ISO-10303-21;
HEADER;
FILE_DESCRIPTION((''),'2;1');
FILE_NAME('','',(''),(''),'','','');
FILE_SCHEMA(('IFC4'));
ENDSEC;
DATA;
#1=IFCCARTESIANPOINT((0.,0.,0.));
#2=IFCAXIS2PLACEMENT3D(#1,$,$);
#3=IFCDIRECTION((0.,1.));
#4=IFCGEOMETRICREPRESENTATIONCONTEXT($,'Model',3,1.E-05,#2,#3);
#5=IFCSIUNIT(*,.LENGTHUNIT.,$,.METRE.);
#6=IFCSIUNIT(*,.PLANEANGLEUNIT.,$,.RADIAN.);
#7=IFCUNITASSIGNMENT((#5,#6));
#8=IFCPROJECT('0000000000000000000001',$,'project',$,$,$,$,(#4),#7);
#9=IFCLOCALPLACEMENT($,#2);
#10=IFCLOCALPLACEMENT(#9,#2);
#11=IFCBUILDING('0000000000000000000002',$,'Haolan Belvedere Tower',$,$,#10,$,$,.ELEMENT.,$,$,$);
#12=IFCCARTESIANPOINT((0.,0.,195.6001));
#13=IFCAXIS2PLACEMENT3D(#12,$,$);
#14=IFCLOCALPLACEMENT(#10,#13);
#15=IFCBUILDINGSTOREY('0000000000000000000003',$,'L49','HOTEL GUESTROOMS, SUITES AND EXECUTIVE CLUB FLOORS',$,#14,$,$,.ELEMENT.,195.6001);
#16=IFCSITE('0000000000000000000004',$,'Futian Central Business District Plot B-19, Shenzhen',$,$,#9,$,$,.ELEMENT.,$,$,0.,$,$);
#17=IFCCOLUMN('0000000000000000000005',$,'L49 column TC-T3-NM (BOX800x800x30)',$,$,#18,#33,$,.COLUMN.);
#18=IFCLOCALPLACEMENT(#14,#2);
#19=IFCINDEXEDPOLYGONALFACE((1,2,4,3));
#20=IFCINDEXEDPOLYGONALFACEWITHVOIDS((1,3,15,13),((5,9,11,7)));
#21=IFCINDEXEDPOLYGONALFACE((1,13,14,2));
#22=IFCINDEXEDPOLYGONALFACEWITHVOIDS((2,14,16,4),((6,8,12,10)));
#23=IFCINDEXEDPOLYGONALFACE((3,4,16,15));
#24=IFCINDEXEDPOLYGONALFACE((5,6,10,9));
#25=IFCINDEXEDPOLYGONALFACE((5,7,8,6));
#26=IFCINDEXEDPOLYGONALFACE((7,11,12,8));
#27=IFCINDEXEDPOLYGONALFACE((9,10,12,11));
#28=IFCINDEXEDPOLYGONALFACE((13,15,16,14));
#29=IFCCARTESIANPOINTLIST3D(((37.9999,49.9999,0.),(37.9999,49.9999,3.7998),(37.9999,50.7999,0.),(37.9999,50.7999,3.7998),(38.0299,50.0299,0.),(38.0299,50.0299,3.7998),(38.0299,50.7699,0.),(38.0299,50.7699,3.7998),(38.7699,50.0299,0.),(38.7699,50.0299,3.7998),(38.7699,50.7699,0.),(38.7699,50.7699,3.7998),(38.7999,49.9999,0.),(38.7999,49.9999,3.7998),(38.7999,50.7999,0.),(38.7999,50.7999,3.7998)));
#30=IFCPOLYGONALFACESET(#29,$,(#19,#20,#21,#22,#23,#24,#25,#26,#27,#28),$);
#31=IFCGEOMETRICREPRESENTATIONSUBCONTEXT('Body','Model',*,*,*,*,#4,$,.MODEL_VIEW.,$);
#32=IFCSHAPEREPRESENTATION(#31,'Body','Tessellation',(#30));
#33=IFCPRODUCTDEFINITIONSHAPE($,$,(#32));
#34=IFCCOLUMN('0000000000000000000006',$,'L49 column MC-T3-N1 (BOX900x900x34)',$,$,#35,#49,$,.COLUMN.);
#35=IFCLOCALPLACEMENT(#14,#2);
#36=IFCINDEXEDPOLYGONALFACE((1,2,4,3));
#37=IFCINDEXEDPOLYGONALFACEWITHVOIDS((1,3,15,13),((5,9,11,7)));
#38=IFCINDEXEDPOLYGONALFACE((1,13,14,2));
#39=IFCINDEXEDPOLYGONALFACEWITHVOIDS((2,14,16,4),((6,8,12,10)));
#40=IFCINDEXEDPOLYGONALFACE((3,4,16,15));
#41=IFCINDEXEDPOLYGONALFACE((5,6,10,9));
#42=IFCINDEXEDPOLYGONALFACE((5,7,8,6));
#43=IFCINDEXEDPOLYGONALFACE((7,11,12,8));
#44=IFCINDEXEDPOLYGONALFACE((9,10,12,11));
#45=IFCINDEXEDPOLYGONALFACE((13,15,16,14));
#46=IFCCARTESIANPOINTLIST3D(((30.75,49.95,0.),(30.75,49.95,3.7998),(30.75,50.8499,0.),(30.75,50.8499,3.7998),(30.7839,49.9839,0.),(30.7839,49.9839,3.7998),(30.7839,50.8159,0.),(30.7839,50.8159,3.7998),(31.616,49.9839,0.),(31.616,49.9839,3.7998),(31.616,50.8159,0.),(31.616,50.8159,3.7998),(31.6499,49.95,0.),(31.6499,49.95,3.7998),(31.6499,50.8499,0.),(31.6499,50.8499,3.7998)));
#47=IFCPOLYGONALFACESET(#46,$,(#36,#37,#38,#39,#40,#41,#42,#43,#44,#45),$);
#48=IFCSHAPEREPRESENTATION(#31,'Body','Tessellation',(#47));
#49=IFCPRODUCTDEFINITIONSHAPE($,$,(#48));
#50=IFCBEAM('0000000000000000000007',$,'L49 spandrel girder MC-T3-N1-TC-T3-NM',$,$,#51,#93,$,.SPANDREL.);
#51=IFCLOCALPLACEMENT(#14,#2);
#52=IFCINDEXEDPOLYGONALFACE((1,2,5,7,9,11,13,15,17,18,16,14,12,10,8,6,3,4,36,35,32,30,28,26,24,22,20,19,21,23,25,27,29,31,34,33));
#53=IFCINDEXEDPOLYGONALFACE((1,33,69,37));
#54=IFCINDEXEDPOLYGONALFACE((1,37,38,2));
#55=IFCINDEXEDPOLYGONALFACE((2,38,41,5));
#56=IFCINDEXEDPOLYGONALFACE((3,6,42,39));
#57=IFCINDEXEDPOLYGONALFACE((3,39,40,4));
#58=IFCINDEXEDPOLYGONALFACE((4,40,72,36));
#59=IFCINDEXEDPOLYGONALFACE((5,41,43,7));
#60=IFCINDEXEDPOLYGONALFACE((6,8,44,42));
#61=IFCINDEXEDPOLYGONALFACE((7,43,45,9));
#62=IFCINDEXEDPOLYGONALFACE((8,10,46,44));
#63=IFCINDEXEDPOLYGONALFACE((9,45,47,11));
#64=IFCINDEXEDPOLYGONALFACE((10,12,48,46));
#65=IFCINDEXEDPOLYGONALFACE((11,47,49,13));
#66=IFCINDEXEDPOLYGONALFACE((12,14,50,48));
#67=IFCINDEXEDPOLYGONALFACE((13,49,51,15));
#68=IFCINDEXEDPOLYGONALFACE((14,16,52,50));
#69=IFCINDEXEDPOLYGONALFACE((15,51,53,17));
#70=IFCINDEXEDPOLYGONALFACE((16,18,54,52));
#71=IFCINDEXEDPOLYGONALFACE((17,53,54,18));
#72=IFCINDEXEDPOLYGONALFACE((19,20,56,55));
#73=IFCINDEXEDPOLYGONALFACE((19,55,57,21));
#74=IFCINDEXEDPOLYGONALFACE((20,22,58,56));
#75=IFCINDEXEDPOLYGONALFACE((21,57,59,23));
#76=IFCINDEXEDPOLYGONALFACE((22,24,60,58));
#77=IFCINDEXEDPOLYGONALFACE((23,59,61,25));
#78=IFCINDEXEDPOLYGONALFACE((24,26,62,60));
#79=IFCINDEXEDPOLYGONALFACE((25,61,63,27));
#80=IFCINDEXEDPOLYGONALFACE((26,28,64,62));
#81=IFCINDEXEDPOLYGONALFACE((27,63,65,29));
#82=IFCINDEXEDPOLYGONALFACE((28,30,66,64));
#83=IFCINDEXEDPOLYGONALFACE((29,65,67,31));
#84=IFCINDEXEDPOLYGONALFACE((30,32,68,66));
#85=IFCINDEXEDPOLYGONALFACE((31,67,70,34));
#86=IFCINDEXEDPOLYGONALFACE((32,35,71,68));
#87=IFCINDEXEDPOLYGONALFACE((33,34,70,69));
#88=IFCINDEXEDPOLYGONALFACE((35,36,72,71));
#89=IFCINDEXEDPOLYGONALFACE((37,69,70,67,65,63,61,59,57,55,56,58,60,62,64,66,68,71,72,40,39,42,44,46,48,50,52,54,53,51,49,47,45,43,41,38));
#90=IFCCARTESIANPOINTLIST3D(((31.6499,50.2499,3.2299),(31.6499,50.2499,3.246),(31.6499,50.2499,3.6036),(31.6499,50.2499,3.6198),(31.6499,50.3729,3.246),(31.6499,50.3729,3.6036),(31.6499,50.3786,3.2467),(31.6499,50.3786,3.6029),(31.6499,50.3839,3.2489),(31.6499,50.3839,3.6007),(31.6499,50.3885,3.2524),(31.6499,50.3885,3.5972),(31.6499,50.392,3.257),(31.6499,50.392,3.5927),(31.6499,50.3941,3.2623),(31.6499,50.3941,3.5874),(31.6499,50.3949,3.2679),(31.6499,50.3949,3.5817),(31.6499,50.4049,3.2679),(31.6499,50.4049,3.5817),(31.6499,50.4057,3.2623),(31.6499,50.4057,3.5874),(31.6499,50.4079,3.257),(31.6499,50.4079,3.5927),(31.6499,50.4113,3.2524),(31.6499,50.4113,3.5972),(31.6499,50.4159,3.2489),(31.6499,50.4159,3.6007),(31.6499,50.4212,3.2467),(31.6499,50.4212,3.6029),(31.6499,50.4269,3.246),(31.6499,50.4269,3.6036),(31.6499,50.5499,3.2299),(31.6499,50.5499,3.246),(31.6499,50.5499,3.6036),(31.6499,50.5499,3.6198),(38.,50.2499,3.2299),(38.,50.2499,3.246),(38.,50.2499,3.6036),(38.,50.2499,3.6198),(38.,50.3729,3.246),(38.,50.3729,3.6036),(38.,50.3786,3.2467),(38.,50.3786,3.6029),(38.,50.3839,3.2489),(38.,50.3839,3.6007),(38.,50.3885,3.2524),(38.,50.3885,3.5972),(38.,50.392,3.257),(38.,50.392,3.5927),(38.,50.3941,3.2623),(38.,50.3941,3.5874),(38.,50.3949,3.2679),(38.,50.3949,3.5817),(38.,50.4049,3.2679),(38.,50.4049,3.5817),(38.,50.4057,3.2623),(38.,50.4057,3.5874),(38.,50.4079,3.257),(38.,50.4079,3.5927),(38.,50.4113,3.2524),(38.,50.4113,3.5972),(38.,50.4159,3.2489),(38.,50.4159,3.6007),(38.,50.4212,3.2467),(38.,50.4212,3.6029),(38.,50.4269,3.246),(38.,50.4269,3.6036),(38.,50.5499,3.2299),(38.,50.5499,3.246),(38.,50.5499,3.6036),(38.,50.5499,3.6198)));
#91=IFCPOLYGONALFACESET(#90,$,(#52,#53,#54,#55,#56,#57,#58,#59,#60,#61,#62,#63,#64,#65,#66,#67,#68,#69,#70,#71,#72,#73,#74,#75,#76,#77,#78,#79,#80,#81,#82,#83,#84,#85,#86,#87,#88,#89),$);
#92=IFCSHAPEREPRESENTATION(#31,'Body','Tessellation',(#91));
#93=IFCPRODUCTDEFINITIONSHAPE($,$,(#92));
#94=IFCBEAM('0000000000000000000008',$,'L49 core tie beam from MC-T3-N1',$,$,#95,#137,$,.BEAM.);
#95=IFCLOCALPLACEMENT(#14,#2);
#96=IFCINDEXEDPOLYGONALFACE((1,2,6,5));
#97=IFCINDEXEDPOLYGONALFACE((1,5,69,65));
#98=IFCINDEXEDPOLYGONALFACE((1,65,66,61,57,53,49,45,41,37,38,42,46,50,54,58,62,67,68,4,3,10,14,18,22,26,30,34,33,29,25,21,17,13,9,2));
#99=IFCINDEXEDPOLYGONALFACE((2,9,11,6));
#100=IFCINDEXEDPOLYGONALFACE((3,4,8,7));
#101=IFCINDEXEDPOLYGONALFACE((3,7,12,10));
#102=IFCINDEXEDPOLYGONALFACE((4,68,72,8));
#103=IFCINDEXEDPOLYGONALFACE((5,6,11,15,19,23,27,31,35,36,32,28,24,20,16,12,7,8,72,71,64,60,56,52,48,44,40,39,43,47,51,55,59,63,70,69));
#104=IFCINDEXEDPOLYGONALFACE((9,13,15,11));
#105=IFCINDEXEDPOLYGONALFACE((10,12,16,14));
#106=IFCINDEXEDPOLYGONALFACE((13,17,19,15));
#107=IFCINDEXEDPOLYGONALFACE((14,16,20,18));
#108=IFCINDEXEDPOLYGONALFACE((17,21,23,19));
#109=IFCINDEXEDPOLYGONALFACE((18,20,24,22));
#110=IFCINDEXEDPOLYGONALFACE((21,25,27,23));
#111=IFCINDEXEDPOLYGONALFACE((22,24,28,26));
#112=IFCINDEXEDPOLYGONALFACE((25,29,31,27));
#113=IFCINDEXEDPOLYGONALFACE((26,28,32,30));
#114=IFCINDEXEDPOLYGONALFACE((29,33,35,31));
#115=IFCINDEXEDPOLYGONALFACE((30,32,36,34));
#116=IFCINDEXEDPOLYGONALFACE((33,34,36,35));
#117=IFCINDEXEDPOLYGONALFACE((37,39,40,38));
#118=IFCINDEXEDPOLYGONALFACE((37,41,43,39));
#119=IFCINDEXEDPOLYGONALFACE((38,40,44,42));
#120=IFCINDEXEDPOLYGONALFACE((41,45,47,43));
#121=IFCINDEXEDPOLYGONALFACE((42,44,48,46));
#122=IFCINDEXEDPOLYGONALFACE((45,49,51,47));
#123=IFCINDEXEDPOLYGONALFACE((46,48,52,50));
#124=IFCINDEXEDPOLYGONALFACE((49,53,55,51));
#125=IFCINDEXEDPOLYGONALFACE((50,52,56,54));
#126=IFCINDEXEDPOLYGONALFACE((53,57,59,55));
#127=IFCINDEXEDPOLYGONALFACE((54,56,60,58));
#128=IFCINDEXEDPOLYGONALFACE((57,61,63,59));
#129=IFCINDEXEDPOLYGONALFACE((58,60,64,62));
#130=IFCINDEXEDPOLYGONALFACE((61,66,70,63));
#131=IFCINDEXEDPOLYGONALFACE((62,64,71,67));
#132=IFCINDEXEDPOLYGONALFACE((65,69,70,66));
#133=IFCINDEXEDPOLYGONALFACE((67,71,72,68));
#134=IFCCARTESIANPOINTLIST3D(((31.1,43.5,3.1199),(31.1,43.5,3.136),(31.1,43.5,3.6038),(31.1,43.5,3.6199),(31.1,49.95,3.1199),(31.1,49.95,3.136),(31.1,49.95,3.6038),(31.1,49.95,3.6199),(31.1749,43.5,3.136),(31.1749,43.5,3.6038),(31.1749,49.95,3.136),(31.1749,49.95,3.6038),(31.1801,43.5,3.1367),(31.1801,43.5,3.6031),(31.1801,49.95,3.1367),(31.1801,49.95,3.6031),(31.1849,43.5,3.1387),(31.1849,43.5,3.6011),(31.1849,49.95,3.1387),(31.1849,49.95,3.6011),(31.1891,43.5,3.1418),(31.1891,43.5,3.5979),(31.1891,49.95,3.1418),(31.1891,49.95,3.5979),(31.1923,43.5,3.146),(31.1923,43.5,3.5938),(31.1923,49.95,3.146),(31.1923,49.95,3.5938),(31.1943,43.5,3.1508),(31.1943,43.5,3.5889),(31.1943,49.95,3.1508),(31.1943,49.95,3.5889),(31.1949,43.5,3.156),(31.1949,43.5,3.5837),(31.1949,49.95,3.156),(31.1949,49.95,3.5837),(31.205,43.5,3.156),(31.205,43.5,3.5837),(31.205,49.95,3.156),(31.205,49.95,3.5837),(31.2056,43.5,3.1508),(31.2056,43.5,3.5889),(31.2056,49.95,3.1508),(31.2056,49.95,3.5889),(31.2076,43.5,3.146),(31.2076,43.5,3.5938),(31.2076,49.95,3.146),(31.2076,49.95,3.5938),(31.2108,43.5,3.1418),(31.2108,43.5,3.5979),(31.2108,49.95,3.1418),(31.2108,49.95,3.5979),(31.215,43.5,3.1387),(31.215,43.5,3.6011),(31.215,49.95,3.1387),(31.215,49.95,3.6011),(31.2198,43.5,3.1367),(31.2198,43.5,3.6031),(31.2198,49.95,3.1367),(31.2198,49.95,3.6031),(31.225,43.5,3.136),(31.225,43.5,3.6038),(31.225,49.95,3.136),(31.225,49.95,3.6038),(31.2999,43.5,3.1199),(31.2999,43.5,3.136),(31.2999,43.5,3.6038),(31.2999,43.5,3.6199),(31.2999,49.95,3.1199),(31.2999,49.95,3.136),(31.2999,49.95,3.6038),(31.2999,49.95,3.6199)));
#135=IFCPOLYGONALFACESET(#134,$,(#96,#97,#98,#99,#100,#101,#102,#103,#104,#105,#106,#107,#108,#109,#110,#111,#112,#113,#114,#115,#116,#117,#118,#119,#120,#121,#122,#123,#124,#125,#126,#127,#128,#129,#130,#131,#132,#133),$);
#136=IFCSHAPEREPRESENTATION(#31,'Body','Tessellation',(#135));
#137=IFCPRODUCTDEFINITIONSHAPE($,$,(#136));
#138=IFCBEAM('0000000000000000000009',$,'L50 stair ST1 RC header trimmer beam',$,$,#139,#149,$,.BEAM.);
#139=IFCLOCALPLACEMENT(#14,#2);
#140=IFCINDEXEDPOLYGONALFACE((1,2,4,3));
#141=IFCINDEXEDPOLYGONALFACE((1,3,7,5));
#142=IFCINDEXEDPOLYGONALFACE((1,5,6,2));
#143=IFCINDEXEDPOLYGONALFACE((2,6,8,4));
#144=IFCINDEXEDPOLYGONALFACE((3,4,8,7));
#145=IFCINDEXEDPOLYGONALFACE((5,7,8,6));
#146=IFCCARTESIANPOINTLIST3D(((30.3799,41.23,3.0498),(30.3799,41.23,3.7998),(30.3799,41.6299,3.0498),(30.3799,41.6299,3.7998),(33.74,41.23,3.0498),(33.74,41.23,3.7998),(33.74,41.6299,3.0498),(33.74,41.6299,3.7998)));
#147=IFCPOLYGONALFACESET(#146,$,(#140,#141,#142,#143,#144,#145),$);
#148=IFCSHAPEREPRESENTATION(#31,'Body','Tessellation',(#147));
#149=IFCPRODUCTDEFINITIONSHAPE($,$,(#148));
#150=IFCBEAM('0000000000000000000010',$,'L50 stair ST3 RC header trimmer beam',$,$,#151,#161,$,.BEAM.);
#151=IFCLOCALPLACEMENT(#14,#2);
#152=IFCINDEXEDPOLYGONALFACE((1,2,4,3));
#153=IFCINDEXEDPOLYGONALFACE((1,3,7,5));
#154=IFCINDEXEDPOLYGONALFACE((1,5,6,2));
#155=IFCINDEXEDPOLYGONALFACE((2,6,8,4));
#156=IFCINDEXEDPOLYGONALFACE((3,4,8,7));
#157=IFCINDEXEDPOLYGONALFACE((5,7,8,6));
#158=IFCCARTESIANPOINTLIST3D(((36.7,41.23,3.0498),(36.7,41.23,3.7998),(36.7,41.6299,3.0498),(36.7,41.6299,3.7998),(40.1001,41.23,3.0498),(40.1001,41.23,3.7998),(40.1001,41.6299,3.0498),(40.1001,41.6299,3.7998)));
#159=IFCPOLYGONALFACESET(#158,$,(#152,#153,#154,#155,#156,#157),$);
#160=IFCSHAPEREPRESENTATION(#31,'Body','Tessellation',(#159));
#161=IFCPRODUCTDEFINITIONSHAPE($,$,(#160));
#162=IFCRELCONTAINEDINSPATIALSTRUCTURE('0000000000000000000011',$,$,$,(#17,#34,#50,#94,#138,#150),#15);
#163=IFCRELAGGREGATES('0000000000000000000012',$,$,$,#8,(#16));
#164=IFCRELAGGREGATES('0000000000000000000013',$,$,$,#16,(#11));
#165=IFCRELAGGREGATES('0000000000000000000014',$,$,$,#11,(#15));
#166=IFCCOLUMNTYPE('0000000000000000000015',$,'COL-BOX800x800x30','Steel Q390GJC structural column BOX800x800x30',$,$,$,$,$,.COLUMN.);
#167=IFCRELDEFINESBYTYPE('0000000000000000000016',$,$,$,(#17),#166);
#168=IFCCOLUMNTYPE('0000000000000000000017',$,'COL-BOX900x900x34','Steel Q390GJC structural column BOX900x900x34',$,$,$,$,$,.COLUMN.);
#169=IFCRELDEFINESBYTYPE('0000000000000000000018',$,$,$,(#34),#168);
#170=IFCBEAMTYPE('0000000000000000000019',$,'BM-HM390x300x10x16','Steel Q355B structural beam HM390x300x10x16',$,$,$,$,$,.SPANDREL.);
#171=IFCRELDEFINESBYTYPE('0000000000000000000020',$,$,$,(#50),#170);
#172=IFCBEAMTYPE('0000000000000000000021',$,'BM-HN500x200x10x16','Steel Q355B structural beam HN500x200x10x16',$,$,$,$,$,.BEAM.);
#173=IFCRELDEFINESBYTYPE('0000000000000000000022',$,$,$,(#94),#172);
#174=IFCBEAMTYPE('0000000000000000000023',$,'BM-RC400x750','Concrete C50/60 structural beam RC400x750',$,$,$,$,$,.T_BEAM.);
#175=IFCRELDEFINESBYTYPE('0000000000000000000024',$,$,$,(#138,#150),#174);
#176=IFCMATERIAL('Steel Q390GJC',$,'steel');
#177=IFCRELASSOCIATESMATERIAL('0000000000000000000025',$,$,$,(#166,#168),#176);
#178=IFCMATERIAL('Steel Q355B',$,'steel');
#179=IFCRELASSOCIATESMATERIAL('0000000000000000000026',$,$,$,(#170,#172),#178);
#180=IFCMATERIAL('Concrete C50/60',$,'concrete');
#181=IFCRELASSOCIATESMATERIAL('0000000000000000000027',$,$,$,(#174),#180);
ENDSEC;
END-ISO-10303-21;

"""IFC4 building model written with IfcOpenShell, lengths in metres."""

from ifc_helpers import new_model, si_unit, direction, frame, origin, origin_2d, place, context, subcontext, project, spatial, rectangle, hollow_rectangle, i_section, extrude, material, material_profile, profile_set, type_object, element, save


model = new_model("IFC4")

# Units and contexts
model_context = context("Model", 3, precision=1e-05, world=origin(), true_north=direction((0.0, 1.0)))
body_context = subcontext(model_context, "Body", "Model", "MODEL_VIEW")
ifc_project = project(units=[si_unit("LENGTHUNIT", "METRE"), si_unit("PLANEANGLEUNIT", "RADIAN")], contexts=[model_context])

# Site, building, storey
site_placement = place(None, origin())
site = spatial("IfcSite", under=ifc_project, at=site_placement, Name="Futian Central Business District Plot B-19, Shenzhen", CompositionType="ELEMENT", RefElevation=0.0)
building_placement = place(site_placement, origin())
building = spatial("IfcBuilding", under=site, at=building_placement, Name="Haolan Belvedere Tower", CompositionType="ELEMENT")
storey_placement = place(building_placement, frame((0.0, 0.0, 195.6001)))
storey = spatial("IfcBuildingStorey", under=building, at=storey_placement, Name="L49", Description="HOTEL GUESTROOMS, SUITES AND EXECUTIVE CLUB FLOORS", CompositionType="ELEMENT", Elevation=195.6001)

# Columns
ifc_material_1 = material(Name="Steel Q390GJC", Category="steel")
ifc_material_profile_1 = material_profile(ifc_material_1, hollow_rectangle(XDim=0.8, YDim=0.8, WallThickness=0.03, at=origin_2d()), Name="Steel Q390GJC")
ifc_profile_set_1 = profile_set([ifc_material_profile_1], Name="Steel Q390GJC")
column_type_1 = type_object("IfcColumnType", Name="COL-BOX800x800x30", Description="Steel Q390GJC structural column BOX800x800x30", PredefinedType="COLUMN", material=ifc_profile_set_1)
column_1_placement = place(storey_placement, frame((38.3999, 50.3999, 0.0), z_axis=(0.0, 0.0, 1.0), x_axis=(1.0, 0.0, 0.0)))
element("IfcColumn", 1, at=column_1_placement, inside=storey, type_object=column_type_1, Name="L49 column TC-T3-NM (BOX800x800x30)", PredefinedType="COLUMN", context=body_context, shape_type="SweptSolid", body=[
    extrude(hollow_rectangle(XDim=0.8, YDim=0.8, WallThickness=0.03, at=origin_2d()), origin(), (0.0, 0.0, 1.0), 3.7998),
])
ifc_material_profile_2 = material_profile(ifc_material_1, hollow_rectangle(XDim=0.8999, YDim=0.8999, WallThickness=0.0339, at=origin_2d()), Name="Steel Q390GJC")
ifc_profile_set_2 = profile_set([ifc_material_profile_2], Name="Steel Q390GJC")
column_type_2 = type_object("IfcColumnType", Name="COL-BOX900x900x34", Description="Steel Q390GJC structural column BOX900x900x34", PredefinedType="COLUMN", material=ifc_profile_set_2)
column_2_placement = place(storey_placement, frame((31.2, 50.3999, 0.0), z_axis=(0.0, 0.0, 1.0), x_axis=(1.0, 0.0, 0.0)))
element("IfcColumn", 2, at=column_2_placement, inside=storey, type_object=column_type_2, Name="L49 column MC-T3-N1 (BOX900x900x34)", PredefinedType="COLUMN", context=body_context, shape_type="SweptSolid", body=[
    extrude(hollow_rectangle(XDim=0.8999, YDim=0.8999, WallThickness=0.0339, at=origin_2d()), origin(), (0.0, 0.0, 1.0), 3.7998),
])

# Beams
ifc_material_2 = material(Name="Steel Q355B", Category="steel")
ifc_material_profile_3 = material_profile(ifc_material_2, i_section(OverallWidth=0.3, OverallDepth=0.3899, WebThickness=0.01, FlangeThickness=0.0161, FilletRadius=0.022, at=origin_2d()), Name="Steel Q355B")
ifc_profile_set_3 = profile_set([ifc_material_profile_3], Name="Steel Q355B")
beam_type_1 = type_object("IfcBeamType", Name="BM-HM390x300x10x16", Description="Steel Q355B structural beam HM390x300x10x16", PredefinedType="SPANDREL", material=ifc_profile_set_3)
beam_1_placement = place(storey_placement, frame((31.6499, 50.3999, 3.4248), z_axis=(1.0, 0.0, 0.0), x_axis=(0.0, 1.0, 0.0)))
element("IfcBeam", 3, at=beam_1_placement, inside=storey, type_object=beam_type_1, Name="L49 spandrel girder MC-T3-N1-TC-T3-NM", PredefinedType="SPANDREL", context=body_context, shape_type="SweptSolid", body=[
    extrude(i_section(OverallWidth=0.3, OverallDepth=0.3899, WebThickness=0.01, FlangeThickness=0.0161, FilletRadius=0.022, at=origin_2d()), origin(), (0.0, 0.0, 1.0), 6.3501),
])
ifc_material_profile_4 = material_profile(ifc_material_2, i_section(OverallWidth=0.2, OverallDepth=0.5, WebThickness=0.01, FlangeThickness=0.0161, FilletRadius=0.02, at=origin_2d()), Name="Steel Q355B")
ifc_profile_set_4 = profile_set([ifc_material_profile_4], Name="Steel Q355B")
beam_type_2 = type_object("IfcBeamType", Name="BM-HN500x200x10x16", Description="Steel Q355B structural beam HN500x200x10x16", PredefinedType="BEAM", material=ifc_profile_set_4)
beam_2_placement = place(storey_placement, frame((31.2, 49.95, 3.3699), z_axis=(0.0, -1.0, 0.0), x_axis=(1.0, 0.0, 0.0)))
element("IfcBeam", 4, at=beam_2_placement, inside=storey, type_object=beam_type_2, Name="L49 core tie beam from MC-T3-N1", PredefinedType="BEAM", context=body_context, shape_type="SweptSolid", body=[
    extrude(i_section(OverallWidth=0.2, OverallDepth=0.5, WebThickness=0.01, FlangeThickness=0.0161, FilletRadius=0.02, at=origin_2d()), origin(), (0.0, 0.0, 1.0), 6.45),
])
ifc_material_3 = material(Name="Concrete C50/60", Category="concrete")
ifc_material_profile_5 = material_profile(ifc_material_3, rectangle(XDim=0.3999, YDim=0.75, at=origin_2d()), Name="Concrete C50/60")
ifc_profile_set_5 = profile_set([ifc_material_profile_5], Name="Concrete C50/60")
beam_type_3 = type_object("IfcBeamType", Name="BM-RC400x750", Description="Concrete C50/60 structural beam RC400x750", PredefinedType="T_BEAM", material=ifc_profile_set_5)
beam_3_placement = place(storey_placement, frame((30.3799, 41.4299, 3.4248), z_axis=(1.0, 0.0, 0.0), x_axis=(0.0, 1.0, 0.0)))
element("IfcBeam", 5, at=beam_3_placement, inside=storey, type_object=beam_type_3, Name="L50 stair ST1 RC header trimmer beam", PredefinedType="BEAM", context=body_context, shape_type="SweptSolid", body=[
    extrude(rectangle(XDim=0.3999, YDim=0.75, at=origin_2d()), origin(), (0.0, 0.0, 1.0), 3.3601),
])
beam_4_placement = place(storey_placement, frame((36.7, 41.4299, 3.4248), z_axis=(1.0, 0.0, 0.0), x_axis=(0.0, 1.0, 0.0)))
element("IfcBeam", 6, at=beam_4_placement, inside=storey, type_object=beam_type_3, Name="L50 stair ST3 RC header trimmer beam", PredefinedType="BEAM", context=body_context, shape_type="SweptSolid", body=[
    extrude(rectangle(XDim=0.3999, YDim=0.75, at=origin_2d()), origin(), (0.0, 0.0, 1.0), 3.4001),
])

save(model, "model.ifc")
